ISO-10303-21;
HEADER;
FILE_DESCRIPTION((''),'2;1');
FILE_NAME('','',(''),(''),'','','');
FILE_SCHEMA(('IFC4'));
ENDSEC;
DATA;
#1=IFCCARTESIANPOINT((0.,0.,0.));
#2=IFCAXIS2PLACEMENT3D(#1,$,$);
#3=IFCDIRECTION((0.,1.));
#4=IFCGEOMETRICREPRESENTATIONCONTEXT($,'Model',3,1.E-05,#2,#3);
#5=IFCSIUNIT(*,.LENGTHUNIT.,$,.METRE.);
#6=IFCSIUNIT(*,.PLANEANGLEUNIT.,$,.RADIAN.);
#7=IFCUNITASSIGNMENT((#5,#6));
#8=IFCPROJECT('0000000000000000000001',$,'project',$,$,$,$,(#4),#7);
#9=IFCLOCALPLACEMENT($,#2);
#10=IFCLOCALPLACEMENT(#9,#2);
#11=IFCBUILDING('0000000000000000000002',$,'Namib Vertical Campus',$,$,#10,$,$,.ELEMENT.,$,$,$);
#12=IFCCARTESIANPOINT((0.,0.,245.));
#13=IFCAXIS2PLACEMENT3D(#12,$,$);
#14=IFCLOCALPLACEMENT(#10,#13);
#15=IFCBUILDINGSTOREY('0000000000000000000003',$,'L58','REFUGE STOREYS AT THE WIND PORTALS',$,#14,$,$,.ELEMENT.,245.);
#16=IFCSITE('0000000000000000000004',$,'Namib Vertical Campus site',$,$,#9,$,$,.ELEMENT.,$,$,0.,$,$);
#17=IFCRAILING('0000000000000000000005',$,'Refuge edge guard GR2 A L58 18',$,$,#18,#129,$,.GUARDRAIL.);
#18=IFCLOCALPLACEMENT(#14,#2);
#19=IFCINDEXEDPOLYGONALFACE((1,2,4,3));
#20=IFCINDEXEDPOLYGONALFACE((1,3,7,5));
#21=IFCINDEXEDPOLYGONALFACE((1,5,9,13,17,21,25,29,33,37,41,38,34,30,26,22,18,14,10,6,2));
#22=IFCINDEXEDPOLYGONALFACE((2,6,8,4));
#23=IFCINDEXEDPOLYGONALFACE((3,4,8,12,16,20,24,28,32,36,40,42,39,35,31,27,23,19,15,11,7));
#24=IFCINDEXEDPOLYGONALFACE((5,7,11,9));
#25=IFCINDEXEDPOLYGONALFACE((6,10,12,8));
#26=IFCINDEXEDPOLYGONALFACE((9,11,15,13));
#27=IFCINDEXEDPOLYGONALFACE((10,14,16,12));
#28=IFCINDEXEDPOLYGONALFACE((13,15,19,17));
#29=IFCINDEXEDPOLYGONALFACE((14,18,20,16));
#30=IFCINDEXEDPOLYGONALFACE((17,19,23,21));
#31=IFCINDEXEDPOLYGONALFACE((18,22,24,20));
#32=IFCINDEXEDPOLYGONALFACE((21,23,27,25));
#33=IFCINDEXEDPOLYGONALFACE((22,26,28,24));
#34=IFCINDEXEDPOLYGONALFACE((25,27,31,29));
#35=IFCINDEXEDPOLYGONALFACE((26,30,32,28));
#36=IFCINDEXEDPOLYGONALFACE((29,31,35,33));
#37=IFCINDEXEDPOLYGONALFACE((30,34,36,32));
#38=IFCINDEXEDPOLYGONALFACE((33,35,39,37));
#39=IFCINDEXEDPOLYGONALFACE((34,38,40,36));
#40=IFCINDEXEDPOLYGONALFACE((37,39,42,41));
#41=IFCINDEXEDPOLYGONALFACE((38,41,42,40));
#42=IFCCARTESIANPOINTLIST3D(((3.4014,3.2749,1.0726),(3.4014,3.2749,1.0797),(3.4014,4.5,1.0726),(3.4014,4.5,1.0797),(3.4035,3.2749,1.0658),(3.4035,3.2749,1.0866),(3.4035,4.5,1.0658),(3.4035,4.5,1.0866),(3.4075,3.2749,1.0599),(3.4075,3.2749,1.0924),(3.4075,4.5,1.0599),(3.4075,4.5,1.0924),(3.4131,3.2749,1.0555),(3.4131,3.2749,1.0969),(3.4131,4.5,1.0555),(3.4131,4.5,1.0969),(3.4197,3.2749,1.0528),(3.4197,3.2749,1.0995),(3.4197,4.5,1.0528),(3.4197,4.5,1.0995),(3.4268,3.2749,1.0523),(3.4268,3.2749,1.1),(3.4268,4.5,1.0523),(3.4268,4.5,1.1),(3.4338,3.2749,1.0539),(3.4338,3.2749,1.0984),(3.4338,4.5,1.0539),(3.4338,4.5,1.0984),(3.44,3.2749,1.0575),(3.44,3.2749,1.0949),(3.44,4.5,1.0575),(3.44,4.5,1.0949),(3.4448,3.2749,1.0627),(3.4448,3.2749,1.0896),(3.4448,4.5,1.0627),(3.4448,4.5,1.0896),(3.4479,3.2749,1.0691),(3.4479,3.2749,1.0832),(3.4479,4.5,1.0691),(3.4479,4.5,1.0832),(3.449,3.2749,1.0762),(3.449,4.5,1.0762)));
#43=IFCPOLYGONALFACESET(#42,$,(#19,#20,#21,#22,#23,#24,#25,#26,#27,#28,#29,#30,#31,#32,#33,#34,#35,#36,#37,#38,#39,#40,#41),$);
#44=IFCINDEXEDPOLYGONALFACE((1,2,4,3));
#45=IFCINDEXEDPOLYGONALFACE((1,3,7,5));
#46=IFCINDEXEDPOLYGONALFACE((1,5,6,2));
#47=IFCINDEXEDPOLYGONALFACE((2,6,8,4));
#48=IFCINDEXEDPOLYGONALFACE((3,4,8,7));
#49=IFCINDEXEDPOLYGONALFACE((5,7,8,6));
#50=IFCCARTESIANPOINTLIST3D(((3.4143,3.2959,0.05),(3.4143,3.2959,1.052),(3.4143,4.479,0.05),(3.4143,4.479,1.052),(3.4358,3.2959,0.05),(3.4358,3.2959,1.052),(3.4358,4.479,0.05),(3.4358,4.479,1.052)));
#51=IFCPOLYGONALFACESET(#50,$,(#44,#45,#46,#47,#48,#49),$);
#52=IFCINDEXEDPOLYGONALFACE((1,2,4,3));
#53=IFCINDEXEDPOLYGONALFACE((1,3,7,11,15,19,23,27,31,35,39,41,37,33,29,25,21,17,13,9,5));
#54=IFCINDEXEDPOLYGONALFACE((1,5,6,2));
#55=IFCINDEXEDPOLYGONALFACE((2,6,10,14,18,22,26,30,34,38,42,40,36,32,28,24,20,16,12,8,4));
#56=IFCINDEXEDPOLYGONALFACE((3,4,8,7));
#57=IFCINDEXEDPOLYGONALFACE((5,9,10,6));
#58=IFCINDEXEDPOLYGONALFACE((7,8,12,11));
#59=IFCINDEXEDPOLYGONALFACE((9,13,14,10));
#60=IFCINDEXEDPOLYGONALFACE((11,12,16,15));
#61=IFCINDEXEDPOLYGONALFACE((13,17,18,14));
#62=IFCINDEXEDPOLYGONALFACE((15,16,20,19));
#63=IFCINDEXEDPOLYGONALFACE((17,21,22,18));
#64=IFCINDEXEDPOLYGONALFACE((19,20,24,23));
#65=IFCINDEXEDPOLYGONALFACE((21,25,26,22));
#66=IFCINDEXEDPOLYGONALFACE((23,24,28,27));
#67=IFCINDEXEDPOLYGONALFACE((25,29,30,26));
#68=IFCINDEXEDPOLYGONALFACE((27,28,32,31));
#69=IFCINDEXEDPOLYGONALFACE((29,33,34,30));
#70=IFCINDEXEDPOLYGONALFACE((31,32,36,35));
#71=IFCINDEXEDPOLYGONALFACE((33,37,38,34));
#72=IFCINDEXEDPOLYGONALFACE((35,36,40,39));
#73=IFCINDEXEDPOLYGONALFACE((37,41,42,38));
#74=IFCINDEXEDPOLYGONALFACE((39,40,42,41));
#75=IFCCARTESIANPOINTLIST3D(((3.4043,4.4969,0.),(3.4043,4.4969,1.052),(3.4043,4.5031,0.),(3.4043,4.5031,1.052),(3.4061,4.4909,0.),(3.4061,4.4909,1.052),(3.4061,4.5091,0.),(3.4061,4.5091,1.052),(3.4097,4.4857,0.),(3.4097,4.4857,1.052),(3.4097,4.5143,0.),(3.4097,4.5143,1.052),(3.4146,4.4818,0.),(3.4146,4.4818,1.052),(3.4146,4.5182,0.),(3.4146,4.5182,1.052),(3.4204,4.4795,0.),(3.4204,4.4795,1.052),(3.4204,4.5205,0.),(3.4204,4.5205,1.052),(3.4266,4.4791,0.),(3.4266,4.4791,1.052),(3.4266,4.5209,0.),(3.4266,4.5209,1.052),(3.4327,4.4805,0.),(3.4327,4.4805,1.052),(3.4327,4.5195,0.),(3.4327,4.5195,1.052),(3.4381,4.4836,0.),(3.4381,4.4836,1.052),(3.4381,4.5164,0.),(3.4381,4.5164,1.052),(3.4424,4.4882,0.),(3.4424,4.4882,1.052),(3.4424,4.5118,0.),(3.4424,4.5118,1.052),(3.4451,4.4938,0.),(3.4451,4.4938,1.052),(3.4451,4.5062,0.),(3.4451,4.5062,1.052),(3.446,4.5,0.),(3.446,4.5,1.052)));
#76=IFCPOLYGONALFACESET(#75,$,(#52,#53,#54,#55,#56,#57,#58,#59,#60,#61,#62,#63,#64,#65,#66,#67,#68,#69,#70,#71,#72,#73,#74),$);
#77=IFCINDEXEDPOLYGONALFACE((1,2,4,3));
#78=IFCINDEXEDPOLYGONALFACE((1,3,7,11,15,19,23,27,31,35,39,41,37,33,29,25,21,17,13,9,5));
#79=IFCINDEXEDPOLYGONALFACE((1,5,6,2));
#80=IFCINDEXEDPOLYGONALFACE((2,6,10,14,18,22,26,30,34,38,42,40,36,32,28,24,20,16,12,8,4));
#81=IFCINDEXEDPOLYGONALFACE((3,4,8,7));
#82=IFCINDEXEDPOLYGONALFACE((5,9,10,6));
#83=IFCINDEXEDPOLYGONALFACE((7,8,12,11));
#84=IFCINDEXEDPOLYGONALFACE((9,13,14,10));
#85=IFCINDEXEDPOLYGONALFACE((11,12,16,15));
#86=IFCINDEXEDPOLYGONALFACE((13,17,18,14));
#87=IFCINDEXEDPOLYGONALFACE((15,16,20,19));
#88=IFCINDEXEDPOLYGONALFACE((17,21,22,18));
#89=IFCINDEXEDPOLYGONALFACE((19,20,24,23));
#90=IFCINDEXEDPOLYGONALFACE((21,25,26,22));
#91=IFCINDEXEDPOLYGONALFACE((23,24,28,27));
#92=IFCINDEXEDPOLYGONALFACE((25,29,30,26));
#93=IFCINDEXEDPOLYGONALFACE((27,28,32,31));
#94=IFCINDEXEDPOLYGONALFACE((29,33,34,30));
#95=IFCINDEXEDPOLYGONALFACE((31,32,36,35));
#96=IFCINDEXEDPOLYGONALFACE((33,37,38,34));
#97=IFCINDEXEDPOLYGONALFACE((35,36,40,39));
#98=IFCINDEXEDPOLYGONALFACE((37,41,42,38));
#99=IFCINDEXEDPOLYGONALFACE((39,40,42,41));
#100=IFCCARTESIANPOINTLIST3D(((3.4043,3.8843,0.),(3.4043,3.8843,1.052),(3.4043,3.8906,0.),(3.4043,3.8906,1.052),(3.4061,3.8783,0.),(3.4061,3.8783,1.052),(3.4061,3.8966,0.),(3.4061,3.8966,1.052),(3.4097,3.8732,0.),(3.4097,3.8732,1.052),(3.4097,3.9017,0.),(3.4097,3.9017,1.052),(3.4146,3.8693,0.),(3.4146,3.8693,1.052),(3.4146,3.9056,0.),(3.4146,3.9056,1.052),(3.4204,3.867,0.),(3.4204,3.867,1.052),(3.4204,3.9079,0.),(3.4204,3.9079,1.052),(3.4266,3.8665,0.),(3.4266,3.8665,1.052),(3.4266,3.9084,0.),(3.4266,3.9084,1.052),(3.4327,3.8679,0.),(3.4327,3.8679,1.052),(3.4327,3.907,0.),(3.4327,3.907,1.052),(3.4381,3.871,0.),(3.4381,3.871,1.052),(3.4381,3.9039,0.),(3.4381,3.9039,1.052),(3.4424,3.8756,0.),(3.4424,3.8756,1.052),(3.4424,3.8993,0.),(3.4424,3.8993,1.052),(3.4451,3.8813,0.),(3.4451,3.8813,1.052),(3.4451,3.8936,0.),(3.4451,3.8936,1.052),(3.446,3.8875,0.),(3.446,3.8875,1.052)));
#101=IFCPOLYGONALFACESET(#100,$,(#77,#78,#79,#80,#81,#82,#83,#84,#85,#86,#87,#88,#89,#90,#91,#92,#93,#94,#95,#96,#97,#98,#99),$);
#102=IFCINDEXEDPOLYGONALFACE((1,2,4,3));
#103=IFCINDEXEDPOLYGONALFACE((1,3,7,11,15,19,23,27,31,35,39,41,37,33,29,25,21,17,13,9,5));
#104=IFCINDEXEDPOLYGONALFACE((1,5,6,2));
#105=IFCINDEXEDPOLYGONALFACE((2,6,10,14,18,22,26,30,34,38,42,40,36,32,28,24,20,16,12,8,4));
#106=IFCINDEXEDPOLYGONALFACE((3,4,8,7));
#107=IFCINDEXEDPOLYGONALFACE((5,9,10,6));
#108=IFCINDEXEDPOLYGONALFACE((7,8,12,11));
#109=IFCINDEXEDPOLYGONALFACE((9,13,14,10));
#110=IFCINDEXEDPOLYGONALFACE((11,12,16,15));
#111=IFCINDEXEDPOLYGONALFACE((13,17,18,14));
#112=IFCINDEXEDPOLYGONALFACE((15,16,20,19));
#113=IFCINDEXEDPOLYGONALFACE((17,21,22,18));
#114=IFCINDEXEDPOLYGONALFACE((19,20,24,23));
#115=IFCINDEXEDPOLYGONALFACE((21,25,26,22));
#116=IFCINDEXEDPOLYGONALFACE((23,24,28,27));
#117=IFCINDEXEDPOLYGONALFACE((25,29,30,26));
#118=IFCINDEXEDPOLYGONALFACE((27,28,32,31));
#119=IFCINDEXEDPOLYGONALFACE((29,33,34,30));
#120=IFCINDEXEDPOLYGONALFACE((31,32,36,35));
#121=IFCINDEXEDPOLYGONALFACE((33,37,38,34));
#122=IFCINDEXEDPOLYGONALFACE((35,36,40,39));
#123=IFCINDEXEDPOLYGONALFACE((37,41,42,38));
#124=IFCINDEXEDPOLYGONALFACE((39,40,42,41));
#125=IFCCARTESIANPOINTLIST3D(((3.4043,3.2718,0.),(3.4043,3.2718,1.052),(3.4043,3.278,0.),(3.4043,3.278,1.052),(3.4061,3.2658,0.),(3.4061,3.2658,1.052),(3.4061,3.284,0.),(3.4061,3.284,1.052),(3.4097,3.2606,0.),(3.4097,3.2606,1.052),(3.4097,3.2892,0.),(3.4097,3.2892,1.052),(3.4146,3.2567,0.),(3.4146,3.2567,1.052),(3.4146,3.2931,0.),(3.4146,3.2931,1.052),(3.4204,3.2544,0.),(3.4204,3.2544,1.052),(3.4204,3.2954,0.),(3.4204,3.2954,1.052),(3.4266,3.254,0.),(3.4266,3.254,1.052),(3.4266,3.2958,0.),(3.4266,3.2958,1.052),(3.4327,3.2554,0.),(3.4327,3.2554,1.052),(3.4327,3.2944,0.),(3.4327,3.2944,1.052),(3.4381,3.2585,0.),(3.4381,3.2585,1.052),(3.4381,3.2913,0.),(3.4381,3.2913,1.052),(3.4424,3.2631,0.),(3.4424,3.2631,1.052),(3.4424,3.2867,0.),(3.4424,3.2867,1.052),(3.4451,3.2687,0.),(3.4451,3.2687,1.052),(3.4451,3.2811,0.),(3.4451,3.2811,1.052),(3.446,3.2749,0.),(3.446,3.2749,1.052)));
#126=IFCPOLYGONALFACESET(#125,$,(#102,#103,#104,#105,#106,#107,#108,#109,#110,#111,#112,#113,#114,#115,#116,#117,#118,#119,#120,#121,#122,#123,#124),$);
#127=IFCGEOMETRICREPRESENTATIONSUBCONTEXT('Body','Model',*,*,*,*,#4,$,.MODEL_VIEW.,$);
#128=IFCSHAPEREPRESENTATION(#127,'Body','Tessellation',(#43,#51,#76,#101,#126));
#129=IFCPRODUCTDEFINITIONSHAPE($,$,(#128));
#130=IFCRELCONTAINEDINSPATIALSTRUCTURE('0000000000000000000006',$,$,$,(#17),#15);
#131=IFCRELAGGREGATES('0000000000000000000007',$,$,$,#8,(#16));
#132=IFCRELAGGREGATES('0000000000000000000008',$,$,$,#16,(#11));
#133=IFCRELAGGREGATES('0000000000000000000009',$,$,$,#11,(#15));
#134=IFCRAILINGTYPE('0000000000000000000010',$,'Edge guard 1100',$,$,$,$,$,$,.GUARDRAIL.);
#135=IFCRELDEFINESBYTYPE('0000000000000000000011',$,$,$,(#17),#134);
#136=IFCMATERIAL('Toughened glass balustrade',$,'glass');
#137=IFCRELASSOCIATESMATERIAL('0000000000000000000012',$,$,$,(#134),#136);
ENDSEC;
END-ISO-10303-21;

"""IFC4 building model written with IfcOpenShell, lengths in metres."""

from ifc_helpers import new_model, si_unit, direction, frame, origin, origin_2d, place, context, subcontext, project, spatial, polyline, circle, outline, extrude, material, type_object, element, save


model = new_model("IFC4")

# Units and contexts
model_context = context("Model", 3, precision=1e-05, world=origin(), true_north=direction((0.0, 1.0)))
body_context = subcontext(model_context, "Body", "Model", "MODEL_VIEW")
ifc_project = project(units=[si_unit("LENGTHUNIT", "METRE"), si_unit("PLANEANGLEUNIT", "RADIAN")], contexts=[model_context])

# Site, building, storey
site_placement = place(None, origin())
site = spatial("IfcSite", under=ifc_project, at=site_placement, Name="Namib Vertical Campus site", CompositionType="ELEMENT", RefElevation=0.0)
building_placement = place(site_placement, origin())
building = spatial("IfcBuilding", under=site, at=building_placement, Name="Namib Vertical Campus", CompositionType="ELEMENT")
storey_placement = place(building_placement, frame((0.0, 0.0, 245.0)))
storey = spatial("IfcBuildingStorey", under=building, at=storey_placement, Name="L58", Description="REFUGE STOREYS AT THE WIND PORTALS", CompositionType="ELEMENT", Elevation=245.0)

# Railing
ifc_material_1 = material(Name="Toughened glass balustrade", Category="glass")
railing_type = type_object("IfcRailingType", Name="Edge guard 1100", PredefinedType="GUARDRAIL", material=ifc_material_1)
railing_1_placement = place(storey_placement, frame((3.425, 4.5, 0.0)))
element("IfcRailing", 1, at=railing_1_placement, inside=storey, type_object=railing_type, Name="Refuge edge guard GR2 A L58 18", PredefinedType="GUARDRAIL", context=body_context, shape_type="SweptSolid", body=[
    extrude(circle(Radius=0.0239, at=origin_2d()), frame((0.0, 0.0, 1.0762), z_axis=(0.0, -1.0, 0.0), x_axis=(1.0, 0.0, 0.0)), (0.0, 0.0, 1.0), 1.2251),
    extrude(outline(polyline([(0.021, 0.05), (1.2041, 0.05), (1.2041, 1.052), (0.021, 1.052), (0.021, 0.05)])), frame((0.0107, 0.0, 0.0), z_axis=(-1.0, 0.0, 0.0), x_axis=(0.0, -1.0, 0.0)), (0.0, 0.0, 1.0), 0.0215),
    extrude(circle(Radius=0.021, at=origin_2d()), origin(), (0.0, 0.0, 1.0), 1.052),
    extrude(circle(Radius=0.021, at=origin_2d()), frame((0.0, -0.6125, 0.0)), (0.0, 0.0, 1.0), 1.052),
    extrude(circle(Radius=0.021, at=origin_2d()), frame((0.0, -1.2251, 0.0)), (0.0, 0.0, 1.0), 1.052),
])

save(model, "model.ifc")
